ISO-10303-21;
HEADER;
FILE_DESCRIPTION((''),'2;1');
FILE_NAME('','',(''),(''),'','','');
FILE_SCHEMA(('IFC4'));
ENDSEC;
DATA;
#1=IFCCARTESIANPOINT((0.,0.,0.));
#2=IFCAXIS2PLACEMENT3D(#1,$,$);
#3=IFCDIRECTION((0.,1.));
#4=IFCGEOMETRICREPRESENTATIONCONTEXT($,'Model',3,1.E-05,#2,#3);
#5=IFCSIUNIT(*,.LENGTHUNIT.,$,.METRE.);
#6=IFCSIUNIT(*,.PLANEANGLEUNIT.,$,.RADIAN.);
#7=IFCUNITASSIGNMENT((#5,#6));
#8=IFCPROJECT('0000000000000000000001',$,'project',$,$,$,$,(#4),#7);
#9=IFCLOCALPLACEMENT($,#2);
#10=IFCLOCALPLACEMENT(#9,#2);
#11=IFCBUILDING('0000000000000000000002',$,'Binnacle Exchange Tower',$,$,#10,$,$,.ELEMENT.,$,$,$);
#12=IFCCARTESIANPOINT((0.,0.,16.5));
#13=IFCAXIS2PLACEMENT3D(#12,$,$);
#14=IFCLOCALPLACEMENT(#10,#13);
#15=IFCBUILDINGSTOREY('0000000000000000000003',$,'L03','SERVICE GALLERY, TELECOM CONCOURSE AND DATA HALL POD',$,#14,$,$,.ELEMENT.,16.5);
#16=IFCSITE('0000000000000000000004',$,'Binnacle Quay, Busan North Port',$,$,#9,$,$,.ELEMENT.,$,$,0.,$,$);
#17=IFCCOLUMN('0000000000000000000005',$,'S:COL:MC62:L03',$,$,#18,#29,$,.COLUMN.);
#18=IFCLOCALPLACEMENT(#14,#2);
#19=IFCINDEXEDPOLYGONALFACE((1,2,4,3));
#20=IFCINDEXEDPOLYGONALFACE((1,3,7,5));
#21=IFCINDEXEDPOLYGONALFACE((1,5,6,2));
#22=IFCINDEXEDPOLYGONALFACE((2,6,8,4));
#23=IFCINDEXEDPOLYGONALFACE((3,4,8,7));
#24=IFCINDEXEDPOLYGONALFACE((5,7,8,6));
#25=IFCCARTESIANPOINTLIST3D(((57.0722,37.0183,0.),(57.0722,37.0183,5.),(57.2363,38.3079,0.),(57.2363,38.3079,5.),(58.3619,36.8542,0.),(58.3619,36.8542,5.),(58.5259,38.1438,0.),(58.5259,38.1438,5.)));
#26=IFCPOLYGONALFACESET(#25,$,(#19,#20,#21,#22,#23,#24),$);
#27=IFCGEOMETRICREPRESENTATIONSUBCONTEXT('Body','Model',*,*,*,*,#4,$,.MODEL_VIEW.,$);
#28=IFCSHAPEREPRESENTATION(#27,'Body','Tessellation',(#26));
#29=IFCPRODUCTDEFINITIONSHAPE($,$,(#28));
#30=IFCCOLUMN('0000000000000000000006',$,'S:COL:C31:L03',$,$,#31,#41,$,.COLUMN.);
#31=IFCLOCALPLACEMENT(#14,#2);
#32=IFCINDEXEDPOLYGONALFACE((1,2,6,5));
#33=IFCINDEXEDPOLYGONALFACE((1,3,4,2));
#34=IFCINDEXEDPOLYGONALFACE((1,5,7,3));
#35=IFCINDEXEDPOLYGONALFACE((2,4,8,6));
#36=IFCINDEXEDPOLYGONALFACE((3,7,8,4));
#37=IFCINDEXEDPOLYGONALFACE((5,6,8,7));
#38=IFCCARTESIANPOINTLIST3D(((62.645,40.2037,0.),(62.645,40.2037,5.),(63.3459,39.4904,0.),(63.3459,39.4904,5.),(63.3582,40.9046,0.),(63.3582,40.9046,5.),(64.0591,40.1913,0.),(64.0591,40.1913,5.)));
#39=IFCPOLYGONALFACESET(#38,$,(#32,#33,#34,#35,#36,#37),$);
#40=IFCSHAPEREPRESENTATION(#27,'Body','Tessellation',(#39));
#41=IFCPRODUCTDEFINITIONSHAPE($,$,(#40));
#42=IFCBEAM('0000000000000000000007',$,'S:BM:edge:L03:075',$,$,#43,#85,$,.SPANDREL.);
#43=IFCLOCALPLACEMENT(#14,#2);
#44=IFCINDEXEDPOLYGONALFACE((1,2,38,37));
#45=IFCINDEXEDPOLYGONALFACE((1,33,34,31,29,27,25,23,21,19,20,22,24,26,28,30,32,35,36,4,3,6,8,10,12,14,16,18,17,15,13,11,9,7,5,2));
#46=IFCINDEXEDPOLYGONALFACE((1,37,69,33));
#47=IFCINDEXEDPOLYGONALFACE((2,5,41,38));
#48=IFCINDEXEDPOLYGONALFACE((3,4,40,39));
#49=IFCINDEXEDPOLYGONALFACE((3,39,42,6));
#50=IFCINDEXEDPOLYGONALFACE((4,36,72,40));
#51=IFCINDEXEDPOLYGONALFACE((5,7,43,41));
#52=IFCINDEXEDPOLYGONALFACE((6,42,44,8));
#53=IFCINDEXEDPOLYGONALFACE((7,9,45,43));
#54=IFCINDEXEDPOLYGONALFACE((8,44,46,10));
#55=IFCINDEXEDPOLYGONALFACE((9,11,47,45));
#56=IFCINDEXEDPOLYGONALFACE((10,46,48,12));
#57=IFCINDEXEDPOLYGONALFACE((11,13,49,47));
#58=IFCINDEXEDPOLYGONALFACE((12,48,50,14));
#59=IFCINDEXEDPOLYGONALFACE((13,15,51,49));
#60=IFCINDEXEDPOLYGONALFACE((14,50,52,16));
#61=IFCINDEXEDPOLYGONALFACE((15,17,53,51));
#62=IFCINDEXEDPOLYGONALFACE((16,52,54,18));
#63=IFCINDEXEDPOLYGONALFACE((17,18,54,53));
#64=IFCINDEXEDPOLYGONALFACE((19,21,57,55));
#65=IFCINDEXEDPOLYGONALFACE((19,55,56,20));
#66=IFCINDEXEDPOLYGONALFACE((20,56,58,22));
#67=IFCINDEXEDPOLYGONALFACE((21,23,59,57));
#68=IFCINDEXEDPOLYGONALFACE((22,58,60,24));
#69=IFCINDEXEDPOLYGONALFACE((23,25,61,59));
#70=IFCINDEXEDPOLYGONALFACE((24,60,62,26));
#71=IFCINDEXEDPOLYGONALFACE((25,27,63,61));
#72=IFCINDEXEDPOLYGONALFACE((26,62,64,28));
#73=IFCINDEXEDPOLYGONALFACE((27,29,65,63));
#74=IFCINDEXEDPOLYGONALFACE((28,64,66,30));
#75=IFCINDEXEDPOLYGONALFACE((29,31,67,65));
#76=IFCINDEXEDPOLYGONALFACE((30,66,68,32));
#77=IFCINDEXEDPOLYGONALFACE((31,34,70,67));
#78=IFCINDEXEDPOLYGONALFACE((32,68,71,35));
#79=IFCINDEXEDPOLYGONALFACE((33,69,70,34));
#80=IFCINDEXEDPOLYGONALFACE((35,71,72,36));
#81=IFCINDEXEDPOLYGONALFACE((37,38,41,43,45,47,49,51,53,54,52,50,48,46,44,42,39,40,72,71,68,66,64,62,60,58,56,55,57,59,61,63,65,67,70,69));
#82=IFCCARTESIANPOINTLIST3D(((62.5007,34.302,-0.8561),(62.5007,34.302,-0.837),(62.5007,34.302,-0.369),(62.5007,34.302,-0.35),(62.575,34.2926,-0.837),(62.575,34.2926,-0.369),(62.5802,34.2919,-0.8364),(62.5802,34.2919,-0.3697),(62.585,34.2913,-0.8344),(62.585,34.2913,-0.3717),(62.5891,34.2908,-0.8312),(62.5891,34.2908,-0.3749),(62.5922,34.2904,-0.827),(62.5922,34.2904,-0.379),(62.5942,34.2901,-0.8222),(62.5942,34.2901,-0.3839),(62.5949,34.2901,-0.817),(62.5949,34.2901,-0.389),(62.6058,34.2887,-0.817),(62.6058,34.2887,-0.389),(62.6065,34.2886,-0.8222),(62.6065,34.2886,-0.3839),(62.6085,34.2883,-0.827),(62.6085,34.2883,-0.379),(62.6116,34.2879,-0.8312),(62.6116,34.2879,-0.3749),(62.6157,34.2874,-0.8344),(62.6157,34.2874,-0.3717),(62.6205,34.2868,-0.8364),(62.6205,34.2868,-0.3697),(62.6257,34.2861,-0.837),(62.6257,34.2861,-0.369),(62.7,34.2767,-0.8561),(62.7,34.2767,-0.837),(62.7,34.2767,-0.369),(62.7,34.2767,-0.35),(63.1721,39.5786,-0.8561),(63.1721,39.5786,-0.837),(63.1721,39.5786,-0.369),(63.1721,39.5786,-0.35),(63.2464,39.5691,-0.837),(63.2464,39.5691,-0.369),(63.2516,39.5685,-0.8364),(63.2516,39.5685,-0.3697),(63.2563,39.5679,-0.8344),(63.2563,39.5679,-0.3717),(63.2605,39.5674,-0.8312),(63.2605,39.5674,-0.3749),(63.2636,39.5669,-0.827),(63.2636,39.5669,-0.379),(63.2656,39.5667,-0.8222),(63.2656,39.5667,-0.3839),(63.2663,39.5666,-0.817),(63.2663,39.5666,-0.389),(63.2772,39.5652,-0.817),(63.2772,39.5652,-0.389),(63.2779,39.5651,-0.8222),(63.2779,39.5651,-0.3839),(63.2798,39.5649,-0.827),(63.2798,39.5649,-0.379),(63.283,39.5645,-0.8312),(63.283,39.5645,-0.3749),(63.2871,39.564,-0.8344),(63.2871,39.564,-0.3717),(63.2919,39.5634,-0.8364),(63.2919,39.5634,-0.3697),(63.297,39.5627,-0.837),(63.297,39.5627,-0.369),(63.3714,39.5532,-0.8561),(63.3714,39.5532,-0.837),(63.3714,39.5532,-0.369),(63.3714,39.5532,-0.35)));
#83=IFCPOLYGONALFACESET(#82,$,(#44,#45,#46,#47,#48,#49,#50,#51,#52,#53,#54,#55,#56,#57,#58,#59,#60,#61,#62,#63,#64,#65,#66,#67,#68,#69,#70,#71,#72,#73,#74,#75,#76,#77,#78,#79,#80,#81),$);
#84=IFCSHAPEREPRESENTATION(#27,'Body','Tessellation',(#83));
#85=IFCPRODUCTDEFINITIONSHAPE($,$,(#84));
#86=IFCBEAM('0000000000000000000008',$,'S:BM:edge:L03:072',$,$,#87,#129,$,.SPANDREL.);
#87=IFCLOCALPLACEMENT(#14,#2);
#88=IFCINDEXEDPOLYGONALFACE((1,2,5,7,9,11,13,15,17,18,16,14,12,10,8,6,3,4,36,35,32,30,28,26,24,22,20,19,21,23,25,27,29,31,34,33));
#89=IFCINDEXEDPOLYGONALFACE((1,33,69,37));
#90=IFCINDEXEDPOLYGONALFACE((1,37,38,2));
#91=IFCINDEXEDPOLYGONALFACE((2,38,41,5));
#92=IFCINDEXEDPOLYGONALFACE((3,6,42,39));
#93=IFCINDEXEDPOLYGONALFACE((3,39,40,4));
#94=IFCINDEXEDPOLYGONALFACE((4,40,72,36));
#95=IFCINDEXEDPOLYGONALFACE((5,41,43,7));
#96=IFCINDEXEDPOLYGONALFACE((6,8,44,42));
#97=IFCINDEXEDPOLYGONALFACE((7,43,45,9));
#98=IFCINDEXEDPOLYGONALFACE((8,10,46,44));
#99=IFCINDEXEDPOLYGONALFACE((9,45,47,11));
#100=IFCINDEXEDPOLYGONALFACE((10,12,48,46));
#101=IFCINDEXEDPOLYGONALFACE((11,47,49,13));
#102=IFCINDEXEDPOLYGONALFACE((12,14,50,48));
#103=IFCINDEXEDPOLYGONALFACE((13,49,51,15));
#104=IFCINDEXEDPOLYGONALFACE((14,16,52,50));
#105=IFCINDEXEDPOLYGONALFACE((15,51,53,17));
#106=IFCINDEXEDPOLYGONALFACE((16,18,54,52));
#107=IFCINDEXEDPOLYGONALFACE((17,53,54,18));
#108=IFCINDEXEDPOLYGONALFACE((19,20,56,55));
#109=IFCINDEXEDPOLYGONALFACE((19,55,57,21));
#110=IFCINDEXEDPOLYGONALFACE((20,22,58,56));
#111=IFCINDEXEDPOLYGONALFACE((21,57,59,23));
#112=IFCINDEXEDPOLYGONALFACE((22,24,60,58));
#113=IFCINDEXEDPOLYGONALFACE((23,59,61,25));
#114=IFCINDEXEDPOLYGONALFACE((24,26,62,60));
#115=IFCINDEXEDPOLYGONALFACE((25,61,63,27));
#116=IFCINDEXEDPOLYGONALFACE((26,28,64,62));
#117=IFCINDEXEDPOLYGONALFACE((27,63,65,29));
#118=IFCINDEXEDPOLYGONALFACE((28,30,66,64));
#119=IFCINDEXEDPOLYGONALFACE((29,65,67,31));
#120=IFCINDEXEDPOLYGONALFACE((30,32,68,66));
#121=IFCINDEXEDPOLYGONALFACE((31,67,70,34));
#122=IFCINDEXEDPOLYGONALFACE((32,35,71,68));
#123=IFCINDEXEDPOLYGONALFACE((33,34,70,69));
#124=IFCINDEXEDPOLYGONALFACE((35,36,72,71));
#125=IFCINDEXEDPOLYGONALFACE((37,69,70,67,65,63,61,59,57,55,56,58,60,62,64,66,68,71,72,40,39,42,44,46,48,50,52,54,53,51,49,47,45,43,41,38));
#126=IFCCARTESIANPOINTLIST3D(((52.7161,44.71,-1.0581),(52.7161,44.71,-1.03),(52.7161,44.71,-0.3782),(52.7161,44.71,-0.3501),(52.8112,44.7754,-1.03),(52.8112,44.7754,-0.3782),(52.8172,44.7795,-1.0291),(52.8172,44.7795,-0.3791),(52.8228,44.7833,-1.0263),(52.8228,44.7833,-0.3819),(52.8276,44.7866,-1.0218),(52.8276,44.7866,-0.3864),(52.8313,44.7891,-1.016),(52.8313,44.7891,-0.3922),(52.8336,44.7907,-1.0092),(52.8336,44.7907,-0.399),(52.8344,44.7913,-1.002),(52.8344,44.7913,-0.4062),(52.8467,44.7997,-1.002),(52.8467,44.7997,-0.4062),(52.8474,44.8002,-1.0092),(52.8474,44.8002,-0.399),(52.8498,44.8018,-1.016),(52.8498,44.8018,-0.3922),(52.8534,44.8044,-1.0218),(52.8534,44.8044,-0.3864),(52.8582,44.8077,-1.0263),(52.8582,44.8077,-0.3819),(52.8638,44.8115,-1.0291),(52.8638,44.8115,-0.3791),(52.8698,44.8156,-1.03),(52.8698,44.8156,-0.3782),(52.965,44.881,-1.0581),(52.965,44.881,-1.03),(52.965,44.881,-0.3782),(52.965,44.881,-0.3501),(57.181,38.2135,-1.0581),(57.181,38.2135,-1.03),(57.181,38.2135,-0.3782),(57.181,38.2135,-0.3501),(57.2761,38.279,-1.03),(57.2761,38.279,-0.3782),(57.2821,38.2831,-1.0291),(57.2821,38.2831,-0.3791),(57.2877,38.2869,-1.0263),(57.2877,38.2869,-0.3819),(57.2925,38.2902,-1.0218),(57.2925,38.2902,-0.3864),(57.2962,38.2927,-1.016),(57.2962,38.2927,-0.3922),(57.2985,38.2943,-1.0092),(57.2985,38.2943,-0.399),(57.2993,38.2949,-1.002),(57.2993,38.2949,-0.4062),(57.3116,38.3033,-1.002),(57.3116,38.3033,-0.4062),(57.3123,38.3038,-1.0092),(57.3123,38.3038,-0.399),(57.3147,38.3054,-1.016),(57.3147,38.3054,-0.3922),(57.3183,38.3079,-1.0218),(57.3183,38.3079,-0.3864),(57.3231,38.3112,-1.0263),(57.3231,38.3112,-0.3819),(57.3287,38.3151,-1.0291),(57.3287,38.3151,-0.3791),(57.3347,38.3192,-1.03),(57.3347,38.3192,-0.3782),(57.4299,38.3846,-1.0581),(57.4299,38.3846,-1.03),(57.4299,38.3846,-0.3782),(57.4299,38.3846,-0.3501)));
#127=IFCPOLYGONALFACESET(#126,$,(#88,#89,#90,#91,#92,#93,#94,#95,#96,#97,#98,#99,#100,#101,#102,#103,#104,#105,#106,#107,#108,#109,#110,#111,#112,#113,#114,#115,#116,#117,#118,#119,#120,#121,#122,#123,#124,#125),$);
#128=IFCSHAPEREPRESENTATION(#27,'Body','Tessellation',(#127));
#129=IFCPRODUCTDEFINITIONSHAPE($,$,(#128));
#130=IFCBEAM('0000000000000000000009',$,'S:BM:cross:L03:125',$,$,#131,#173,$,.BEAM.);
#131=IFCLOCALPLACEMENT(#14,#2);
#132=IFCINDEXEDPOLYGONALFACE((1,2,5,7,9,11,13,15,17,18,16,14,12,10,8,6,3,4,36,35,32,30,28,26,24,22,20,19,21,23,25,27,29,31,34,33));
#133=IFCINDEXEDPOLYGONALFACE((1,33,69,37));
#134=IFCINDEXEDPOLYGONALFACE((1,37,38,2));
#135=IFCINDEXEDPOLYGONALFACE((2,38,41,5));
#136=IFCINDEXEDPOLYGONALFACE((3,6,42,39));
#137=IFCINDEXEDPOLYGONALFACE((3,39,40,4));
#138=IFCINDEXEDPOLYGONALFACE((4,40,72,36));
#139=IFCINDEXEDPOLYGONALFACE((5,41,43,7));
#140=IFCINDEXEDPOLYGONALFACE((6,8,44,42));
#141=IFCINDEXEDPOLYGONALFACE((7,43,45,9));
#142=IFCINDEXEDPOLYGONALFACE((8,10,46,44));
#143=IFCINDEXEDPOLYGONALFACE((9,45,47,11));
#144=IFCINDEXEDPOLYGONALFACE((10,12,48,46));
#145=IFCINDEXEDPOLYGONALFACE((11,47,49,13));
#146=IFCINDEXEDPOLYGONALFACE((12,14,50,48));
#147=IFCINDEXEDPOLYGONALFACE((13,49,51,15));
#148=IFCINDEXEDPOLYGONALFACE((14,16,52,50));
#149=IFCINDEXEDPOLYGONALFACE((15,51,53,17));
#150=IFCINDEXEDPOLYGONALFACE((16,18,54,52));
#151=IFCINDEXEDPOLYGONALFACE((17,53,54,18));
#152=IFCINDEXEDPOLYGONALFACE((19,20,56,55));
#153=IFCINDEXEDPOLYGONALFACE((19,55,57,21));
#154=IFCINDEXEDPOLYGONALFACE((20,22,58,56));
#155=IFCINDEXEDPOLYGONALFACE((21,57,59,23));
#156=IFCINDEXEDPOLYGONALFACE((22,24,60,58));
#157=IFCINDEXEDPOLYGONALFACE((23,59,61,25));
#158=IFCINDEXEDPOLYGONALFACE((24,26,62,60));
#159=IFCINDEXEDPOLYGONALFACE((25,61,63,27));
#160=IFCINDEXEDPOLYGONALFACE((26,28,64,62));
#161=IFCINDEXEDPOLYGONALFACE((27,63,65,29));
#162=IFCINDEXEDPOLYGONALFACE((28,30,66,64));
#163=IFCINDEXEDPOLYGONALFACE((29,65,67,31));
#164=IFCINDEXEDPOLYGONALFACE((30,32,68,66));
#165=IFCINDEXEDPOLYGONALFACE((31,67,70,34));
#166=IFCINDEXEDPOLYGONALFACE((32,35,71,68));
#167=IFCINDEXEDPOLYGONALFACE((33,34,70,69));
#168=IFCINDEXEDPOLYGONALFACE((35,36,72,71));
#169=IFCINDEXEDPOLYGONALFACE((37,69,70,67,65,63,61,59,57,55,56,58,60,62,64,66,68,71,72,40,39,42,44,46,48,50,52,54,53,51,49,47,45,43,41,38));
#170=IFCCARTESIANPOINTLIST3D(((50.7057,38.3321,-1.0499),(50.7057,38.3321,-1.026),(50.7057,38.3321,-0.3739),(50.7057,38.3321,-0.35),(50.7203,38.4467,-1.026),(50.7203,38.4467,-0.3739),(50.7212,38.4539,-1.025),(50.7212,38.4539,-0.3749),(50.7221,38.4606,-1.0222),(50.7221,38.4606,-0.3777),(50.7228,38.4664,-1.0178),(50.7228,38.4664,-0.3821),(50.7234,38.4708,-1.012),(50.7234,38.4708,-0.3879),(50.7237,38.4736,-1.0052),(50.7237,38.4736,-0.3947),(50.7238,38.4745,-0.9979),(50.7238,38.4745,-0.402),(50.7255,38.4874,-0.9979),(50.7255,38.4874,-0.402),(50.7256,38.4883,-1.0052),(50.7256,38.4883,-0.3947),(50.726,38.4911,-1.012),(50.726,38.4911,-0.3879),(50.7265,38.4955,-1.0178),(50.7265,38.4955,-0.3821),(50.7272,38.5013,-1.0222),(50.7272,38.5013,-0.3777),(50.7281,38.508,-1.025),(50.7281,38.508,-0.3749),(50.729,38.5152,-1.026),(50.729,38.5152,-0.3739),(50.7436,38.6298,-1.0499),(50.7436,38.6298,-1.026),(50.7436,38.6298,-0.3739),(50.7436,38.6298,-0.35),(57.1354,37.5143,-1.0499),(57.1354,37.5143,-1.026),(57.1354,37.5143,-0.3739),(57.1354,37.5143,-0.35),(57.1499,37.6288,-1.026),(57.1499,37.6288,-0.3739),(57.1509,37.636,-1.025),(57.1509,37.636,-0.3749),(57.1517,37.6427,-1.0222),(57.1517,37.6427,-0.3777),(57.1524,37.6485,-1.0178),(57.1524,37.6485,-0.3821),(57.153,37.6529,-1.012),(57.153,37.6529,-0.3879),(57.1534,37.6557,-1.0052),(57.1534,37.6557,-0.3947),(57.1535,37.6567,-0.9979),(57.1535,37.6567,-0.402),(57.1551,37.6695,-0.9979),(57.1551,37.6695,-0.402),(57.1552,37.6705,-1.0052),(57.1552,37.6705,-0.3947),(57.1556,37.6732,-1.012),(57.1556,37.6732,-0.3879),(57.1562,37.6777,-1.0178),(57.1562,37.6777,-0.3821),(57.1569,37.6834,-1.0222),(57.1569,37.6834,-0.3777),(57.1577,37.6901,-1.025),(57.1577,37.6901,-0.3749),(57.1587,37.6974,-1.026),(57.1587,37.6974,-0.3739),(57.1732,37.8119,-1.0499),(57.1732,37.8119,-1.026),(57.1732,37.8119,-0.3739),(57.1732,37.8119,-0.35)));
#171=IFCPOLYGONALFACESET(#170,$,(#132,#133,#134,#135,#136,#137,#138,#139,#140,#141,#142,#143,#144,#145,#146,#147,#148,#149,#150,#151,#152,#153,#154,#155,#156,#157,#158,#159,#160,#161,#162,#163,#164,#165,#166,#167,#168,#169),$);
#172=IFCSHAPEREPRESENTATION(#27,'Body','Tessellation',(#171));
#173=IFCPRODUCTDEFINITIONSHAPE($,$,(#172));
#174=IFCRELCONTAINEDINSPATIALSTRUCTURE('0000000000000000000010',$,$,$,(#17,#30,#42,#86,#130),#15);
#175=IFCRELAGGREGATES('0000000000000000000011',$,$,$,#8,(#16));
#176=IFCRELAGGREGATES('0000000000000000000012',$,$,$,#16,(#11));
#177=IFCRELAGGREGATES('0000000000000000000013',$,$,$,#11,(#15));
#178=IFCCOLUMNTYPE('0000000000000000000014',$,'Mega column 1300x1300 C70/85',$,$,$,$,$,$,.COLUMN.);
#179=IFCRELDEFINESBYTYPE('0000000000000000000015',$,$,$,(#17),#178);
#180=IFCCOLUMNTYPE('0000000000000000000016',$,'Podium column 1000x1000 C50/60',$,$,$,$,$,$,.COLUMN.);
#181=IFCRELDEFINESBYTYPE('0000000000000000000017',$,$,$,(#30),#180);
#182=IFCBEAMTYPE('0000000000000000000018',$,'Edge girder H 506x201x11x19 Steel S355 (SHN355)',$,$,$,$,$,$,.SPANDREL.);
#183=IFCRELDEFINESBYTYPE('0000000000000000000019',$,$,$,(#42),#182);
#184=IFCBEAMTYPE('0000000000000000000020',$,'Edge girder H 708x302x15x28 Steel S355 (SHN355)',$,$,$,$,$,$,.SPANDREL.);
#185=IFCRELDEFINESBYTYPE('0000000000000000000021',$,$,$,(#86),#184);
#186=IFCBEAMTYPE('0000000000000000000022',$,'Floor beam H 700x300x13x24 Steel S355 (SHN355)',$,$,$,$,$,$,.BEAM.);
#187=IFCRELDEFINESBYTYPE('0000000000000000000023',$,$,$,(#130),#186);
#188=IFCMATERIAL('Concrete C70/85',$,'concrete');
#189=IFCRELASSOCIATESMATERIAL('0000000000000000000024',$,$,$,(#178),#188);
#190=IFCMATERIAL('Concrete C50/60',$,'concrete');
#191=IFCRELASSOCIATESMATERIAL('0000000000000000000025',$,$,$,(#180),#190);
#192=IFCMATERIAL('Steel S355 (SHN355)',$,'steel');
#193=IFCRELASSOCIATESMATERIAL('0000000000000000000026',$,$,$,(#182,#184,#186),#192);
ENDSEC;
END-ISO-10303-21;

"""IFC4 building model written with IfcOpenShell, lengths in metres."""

from ifc_helpers import new_model, si_unit, direction, frame, origin, origin_2d, place, context, subcontext, project, spatial, rectangle, i_section, extrude, material, material_profile, profile_set, type_object, element, save


model = new_model("IFC4")

# Units and contexts
model_context = context("Model", 3, precision=1e-05, world=origin(), true_north=direction((0.0, 1.0)))
body_context = subcontext(model_context, "Body", "Model", "MODEL_VIEW")
ifc_project = project(units=[si_unit("LENGTHUNIT", "METRE"), si_unit("PLANEANGLEUNIT", "RADIAN")], contexts=[model_context])

# Site, building, storey
site_placement = place(None, origin())
site = spatial("IfcSite", under=ifc_project, at=site_placement, Name="Binnacle Quay, Busan North Port", CompositionType="ELEMENT", RefElevation=0.0)
building_placement = place(site_placement, origin())
building = spatial("IfcBuilding", under=site, at=building_placement, Name="Binnacle Exchange Tower", CompositionType="ELEMENT")
storey_placement = place(building_placement, frame((0.0, 0.0, 16.5)))
storey = spatial("IfcBuildingStorey", under=building, at=storey_placement, Name="L03", Description="SERVICE GALLERY, TELECOM CONCOURSE AND DATA HALL POD", CompositionType="ELEMENT", Elevation=16.5)

# Columns
ifc_material_1 = material(Name="Concrete C70/85", Category="concrete")
ifc_material_profile_1 = material_profile(ifc_material_1, rectangle(XDim=1.3, YDim=1.3, at=origin_2d()), Name="Mega column 1300x1300 C70/85")
ifc_profile_set_1 = profile_set([ifc_material_profile_1], Name="Concrete C70/85")
column_type_1 = type_object("IfcColumnType", Name="Mega column 1300x1300 C70/85", PredefinedType="COLUMN", material=ifc_profile_set_1)
column_1_placement = place(storey_placement, frame((57.7991, 37.5811, 0.0), z_axis=(0.0, 0.0, 1.0), x_axis=(0.126199, 0.992005, 0.0)))
element("IfcColumn", 1, at=column_1_placement, inside=storey, type_object=column_type_1, Name="S:COL:MC62:L03", PredefinedType="COLUMN", context=body_context, shape_type="SweptSolid", body=[
    extrude(rectangle(XDim=1.3, YDim=1.3, at=origin_2d()), origin(), (0.0, 0.0, 1.0), 5.0),
])
ifc_material_2 = material(Name="Concrete C50/60", Category="concrete")
ifc_material_profile_2 = material_profile(ifc_material_2, rectangle(XDim=1.0, YDim=1.0, at=origin_2d()), Name="Podium column 1000x1000 C50/60")
ifc_profile_set_2 = profile_set([ifc_material_profile_2], Name="Concrete C50/60")
column_type_2 = type_object("IfcColumnType", Name="Podium column 1000x1000 C50/60", PredefinedType="COLUMN", material=ifc_profile_set_2)
column_2_placement = place(storey_placement, frame((63.3521, 40.1975, 0.0), z_axis=(0.0, 0.0, 1.0), x_axis=(-0.700909, 0.71325, 0.0)))
element("IfcColumn", 2, at=column_2_placement, inside=storey, type_object=column_type_2, Name="S:COL:C31:L03", PredefinedType="COLUMN", context=body_context, shape_type="SweptSolid", body=[
    extrude(rectangle(XDim=1.0, YDim=1.0, at=origin_2d()), origin(), (0.0, 0.0, 1.0), 5.0),
])

# Beams
ifc_material_3 = material(Name="Steel S355 (SHN355)", Category="steel")
ifc_material_profile_3 = material_profile(ifc_material_3, i_section(OverallWidth=0.2009, OverallDepth=0.5061, WebThickness=0.011, FlangeThickness=0.019, FilletRadius=0.02, at=origin_2d()), Name="H 506x201x11x19")
ifc_profile_set_3 = profile_set([ifc_material_profile_3], Name="Steel S355 (SHN355)")
beam_type_1 = type_object("IfcBeamType", Name="Edge girder H 506x201x11x19 Steel S355 (SHN355)", PredefinedType="SPANDREL", material=ifc_profile_set_3)
beam_1_placement = place(storey_placement, frame((63.2717, 39.5659, -0.603), z_axis=(-0.126221, -0.992002, 0.0), x_axis=(0.992002, -0.126221, 0.0)))
element("IfcBeam", 3, at=beam_1_placement, inside=storey, type_object=beam_type_1, Name="S:BM:edge:L03:075", PredefinedType="SPANDREL", context=body_context, shape_type="SweptSolid", body=[
    extrude(i_section(OverallWidth=0.2009, OverallDepth=0.5061, WebThickness=0.011, FlangeThickness=0.019, FilletRadius=0.02, at=origin_2d()), origin(), (0.0, 0.0, 1.0), 5.3191),
])
ifc_material_profile_4 = material_profile(ifc_material_3, i_section(OverallWidth=0.302, OverallDepth=0.708, WebThickness=0.0149, FlangeThickness=0.0281, FilletRadius=0.0281, at=origin_2d()), Name="H 708x302x15x28")
ifc_profile_set_4 = profile_set([ifc_material_profile_4], Name="Steel S355 (SHN355)")
beam_type_2 = type_object("IfcBeamType", Name="Edge girder H 708x302x15x28 Steel S355 (SHN355)", PredefinedType="SPANDREL", material=ifc_profile_set_4)
beam_2_placement = place(storey_placement, frame((57.3054, 38.2991, -0.7041), z_axis=(-0.566409, 0.824124, 0.0), x_axis=(-0.824124, -0.566409, 0.0)))
element("IfcBeam", 4, at=beam_2_placement, inside=storey, type_object=beam_type_2, Name="S:BM:edge:L03:072", PredefinedType="SPANDREL", context=body_context, shape_type="SweptSolid", body=[
    extrude(i_section(OverallWidth=0.302, OverallDepth=0.708, WebThickness=0.0149, FlangeThickness=0.0281, FilletRadius=0.0281, at=origin_2d()), origin(), (0.0, 0.0, 1.0), 7.8828),
])
ifc_material_profile_5 = material_profile(ifc_material_3, i_section(OverallWidth=0.3, OverallDepth=0.7, WebThickness=0.0129, FlangeThickness=0.0239, FilletRadius=0.0281, at=origin_2d()), Name="H 700x300x13x24")
ifc_profile_set_5 = profile_set([ifc_material_profile_5], Name="Steel S355 (SHN355)")
beam_type_3 = type_object("IfcBeamType", Name="Floor beam H 700x300x13x24 Steel S355 (SHN355)", PredefinedType="BEAM", material=ifc_profile_set_5)
beam_3_placement = place(storey_placement, frame((57.1543, 37.6631, -0.7), z_axis=(-0.992007, 0.126186, 0.0), x_axis=(-0.126186, -0.992007, 0.0)))
element("IfcBeam", 5, at=beam_3_placement, inside=storey, type_object=beam_type_3, Name="S:BM:cross:L03:125", PredefinedType="BEAM", context=body_context, shape_type="SweptSolid", body=[
    extrude(i_section(OverallWidth=0.3, OverallDepth=0.7, WebThickness=0.0129, FlangeThickness=0.0239, FilletRadius=0.0281, at=origin_2d()), origin(), (0.0, 0.0, 1.0), 6.4814),
])

save(model, "model.ifc")
